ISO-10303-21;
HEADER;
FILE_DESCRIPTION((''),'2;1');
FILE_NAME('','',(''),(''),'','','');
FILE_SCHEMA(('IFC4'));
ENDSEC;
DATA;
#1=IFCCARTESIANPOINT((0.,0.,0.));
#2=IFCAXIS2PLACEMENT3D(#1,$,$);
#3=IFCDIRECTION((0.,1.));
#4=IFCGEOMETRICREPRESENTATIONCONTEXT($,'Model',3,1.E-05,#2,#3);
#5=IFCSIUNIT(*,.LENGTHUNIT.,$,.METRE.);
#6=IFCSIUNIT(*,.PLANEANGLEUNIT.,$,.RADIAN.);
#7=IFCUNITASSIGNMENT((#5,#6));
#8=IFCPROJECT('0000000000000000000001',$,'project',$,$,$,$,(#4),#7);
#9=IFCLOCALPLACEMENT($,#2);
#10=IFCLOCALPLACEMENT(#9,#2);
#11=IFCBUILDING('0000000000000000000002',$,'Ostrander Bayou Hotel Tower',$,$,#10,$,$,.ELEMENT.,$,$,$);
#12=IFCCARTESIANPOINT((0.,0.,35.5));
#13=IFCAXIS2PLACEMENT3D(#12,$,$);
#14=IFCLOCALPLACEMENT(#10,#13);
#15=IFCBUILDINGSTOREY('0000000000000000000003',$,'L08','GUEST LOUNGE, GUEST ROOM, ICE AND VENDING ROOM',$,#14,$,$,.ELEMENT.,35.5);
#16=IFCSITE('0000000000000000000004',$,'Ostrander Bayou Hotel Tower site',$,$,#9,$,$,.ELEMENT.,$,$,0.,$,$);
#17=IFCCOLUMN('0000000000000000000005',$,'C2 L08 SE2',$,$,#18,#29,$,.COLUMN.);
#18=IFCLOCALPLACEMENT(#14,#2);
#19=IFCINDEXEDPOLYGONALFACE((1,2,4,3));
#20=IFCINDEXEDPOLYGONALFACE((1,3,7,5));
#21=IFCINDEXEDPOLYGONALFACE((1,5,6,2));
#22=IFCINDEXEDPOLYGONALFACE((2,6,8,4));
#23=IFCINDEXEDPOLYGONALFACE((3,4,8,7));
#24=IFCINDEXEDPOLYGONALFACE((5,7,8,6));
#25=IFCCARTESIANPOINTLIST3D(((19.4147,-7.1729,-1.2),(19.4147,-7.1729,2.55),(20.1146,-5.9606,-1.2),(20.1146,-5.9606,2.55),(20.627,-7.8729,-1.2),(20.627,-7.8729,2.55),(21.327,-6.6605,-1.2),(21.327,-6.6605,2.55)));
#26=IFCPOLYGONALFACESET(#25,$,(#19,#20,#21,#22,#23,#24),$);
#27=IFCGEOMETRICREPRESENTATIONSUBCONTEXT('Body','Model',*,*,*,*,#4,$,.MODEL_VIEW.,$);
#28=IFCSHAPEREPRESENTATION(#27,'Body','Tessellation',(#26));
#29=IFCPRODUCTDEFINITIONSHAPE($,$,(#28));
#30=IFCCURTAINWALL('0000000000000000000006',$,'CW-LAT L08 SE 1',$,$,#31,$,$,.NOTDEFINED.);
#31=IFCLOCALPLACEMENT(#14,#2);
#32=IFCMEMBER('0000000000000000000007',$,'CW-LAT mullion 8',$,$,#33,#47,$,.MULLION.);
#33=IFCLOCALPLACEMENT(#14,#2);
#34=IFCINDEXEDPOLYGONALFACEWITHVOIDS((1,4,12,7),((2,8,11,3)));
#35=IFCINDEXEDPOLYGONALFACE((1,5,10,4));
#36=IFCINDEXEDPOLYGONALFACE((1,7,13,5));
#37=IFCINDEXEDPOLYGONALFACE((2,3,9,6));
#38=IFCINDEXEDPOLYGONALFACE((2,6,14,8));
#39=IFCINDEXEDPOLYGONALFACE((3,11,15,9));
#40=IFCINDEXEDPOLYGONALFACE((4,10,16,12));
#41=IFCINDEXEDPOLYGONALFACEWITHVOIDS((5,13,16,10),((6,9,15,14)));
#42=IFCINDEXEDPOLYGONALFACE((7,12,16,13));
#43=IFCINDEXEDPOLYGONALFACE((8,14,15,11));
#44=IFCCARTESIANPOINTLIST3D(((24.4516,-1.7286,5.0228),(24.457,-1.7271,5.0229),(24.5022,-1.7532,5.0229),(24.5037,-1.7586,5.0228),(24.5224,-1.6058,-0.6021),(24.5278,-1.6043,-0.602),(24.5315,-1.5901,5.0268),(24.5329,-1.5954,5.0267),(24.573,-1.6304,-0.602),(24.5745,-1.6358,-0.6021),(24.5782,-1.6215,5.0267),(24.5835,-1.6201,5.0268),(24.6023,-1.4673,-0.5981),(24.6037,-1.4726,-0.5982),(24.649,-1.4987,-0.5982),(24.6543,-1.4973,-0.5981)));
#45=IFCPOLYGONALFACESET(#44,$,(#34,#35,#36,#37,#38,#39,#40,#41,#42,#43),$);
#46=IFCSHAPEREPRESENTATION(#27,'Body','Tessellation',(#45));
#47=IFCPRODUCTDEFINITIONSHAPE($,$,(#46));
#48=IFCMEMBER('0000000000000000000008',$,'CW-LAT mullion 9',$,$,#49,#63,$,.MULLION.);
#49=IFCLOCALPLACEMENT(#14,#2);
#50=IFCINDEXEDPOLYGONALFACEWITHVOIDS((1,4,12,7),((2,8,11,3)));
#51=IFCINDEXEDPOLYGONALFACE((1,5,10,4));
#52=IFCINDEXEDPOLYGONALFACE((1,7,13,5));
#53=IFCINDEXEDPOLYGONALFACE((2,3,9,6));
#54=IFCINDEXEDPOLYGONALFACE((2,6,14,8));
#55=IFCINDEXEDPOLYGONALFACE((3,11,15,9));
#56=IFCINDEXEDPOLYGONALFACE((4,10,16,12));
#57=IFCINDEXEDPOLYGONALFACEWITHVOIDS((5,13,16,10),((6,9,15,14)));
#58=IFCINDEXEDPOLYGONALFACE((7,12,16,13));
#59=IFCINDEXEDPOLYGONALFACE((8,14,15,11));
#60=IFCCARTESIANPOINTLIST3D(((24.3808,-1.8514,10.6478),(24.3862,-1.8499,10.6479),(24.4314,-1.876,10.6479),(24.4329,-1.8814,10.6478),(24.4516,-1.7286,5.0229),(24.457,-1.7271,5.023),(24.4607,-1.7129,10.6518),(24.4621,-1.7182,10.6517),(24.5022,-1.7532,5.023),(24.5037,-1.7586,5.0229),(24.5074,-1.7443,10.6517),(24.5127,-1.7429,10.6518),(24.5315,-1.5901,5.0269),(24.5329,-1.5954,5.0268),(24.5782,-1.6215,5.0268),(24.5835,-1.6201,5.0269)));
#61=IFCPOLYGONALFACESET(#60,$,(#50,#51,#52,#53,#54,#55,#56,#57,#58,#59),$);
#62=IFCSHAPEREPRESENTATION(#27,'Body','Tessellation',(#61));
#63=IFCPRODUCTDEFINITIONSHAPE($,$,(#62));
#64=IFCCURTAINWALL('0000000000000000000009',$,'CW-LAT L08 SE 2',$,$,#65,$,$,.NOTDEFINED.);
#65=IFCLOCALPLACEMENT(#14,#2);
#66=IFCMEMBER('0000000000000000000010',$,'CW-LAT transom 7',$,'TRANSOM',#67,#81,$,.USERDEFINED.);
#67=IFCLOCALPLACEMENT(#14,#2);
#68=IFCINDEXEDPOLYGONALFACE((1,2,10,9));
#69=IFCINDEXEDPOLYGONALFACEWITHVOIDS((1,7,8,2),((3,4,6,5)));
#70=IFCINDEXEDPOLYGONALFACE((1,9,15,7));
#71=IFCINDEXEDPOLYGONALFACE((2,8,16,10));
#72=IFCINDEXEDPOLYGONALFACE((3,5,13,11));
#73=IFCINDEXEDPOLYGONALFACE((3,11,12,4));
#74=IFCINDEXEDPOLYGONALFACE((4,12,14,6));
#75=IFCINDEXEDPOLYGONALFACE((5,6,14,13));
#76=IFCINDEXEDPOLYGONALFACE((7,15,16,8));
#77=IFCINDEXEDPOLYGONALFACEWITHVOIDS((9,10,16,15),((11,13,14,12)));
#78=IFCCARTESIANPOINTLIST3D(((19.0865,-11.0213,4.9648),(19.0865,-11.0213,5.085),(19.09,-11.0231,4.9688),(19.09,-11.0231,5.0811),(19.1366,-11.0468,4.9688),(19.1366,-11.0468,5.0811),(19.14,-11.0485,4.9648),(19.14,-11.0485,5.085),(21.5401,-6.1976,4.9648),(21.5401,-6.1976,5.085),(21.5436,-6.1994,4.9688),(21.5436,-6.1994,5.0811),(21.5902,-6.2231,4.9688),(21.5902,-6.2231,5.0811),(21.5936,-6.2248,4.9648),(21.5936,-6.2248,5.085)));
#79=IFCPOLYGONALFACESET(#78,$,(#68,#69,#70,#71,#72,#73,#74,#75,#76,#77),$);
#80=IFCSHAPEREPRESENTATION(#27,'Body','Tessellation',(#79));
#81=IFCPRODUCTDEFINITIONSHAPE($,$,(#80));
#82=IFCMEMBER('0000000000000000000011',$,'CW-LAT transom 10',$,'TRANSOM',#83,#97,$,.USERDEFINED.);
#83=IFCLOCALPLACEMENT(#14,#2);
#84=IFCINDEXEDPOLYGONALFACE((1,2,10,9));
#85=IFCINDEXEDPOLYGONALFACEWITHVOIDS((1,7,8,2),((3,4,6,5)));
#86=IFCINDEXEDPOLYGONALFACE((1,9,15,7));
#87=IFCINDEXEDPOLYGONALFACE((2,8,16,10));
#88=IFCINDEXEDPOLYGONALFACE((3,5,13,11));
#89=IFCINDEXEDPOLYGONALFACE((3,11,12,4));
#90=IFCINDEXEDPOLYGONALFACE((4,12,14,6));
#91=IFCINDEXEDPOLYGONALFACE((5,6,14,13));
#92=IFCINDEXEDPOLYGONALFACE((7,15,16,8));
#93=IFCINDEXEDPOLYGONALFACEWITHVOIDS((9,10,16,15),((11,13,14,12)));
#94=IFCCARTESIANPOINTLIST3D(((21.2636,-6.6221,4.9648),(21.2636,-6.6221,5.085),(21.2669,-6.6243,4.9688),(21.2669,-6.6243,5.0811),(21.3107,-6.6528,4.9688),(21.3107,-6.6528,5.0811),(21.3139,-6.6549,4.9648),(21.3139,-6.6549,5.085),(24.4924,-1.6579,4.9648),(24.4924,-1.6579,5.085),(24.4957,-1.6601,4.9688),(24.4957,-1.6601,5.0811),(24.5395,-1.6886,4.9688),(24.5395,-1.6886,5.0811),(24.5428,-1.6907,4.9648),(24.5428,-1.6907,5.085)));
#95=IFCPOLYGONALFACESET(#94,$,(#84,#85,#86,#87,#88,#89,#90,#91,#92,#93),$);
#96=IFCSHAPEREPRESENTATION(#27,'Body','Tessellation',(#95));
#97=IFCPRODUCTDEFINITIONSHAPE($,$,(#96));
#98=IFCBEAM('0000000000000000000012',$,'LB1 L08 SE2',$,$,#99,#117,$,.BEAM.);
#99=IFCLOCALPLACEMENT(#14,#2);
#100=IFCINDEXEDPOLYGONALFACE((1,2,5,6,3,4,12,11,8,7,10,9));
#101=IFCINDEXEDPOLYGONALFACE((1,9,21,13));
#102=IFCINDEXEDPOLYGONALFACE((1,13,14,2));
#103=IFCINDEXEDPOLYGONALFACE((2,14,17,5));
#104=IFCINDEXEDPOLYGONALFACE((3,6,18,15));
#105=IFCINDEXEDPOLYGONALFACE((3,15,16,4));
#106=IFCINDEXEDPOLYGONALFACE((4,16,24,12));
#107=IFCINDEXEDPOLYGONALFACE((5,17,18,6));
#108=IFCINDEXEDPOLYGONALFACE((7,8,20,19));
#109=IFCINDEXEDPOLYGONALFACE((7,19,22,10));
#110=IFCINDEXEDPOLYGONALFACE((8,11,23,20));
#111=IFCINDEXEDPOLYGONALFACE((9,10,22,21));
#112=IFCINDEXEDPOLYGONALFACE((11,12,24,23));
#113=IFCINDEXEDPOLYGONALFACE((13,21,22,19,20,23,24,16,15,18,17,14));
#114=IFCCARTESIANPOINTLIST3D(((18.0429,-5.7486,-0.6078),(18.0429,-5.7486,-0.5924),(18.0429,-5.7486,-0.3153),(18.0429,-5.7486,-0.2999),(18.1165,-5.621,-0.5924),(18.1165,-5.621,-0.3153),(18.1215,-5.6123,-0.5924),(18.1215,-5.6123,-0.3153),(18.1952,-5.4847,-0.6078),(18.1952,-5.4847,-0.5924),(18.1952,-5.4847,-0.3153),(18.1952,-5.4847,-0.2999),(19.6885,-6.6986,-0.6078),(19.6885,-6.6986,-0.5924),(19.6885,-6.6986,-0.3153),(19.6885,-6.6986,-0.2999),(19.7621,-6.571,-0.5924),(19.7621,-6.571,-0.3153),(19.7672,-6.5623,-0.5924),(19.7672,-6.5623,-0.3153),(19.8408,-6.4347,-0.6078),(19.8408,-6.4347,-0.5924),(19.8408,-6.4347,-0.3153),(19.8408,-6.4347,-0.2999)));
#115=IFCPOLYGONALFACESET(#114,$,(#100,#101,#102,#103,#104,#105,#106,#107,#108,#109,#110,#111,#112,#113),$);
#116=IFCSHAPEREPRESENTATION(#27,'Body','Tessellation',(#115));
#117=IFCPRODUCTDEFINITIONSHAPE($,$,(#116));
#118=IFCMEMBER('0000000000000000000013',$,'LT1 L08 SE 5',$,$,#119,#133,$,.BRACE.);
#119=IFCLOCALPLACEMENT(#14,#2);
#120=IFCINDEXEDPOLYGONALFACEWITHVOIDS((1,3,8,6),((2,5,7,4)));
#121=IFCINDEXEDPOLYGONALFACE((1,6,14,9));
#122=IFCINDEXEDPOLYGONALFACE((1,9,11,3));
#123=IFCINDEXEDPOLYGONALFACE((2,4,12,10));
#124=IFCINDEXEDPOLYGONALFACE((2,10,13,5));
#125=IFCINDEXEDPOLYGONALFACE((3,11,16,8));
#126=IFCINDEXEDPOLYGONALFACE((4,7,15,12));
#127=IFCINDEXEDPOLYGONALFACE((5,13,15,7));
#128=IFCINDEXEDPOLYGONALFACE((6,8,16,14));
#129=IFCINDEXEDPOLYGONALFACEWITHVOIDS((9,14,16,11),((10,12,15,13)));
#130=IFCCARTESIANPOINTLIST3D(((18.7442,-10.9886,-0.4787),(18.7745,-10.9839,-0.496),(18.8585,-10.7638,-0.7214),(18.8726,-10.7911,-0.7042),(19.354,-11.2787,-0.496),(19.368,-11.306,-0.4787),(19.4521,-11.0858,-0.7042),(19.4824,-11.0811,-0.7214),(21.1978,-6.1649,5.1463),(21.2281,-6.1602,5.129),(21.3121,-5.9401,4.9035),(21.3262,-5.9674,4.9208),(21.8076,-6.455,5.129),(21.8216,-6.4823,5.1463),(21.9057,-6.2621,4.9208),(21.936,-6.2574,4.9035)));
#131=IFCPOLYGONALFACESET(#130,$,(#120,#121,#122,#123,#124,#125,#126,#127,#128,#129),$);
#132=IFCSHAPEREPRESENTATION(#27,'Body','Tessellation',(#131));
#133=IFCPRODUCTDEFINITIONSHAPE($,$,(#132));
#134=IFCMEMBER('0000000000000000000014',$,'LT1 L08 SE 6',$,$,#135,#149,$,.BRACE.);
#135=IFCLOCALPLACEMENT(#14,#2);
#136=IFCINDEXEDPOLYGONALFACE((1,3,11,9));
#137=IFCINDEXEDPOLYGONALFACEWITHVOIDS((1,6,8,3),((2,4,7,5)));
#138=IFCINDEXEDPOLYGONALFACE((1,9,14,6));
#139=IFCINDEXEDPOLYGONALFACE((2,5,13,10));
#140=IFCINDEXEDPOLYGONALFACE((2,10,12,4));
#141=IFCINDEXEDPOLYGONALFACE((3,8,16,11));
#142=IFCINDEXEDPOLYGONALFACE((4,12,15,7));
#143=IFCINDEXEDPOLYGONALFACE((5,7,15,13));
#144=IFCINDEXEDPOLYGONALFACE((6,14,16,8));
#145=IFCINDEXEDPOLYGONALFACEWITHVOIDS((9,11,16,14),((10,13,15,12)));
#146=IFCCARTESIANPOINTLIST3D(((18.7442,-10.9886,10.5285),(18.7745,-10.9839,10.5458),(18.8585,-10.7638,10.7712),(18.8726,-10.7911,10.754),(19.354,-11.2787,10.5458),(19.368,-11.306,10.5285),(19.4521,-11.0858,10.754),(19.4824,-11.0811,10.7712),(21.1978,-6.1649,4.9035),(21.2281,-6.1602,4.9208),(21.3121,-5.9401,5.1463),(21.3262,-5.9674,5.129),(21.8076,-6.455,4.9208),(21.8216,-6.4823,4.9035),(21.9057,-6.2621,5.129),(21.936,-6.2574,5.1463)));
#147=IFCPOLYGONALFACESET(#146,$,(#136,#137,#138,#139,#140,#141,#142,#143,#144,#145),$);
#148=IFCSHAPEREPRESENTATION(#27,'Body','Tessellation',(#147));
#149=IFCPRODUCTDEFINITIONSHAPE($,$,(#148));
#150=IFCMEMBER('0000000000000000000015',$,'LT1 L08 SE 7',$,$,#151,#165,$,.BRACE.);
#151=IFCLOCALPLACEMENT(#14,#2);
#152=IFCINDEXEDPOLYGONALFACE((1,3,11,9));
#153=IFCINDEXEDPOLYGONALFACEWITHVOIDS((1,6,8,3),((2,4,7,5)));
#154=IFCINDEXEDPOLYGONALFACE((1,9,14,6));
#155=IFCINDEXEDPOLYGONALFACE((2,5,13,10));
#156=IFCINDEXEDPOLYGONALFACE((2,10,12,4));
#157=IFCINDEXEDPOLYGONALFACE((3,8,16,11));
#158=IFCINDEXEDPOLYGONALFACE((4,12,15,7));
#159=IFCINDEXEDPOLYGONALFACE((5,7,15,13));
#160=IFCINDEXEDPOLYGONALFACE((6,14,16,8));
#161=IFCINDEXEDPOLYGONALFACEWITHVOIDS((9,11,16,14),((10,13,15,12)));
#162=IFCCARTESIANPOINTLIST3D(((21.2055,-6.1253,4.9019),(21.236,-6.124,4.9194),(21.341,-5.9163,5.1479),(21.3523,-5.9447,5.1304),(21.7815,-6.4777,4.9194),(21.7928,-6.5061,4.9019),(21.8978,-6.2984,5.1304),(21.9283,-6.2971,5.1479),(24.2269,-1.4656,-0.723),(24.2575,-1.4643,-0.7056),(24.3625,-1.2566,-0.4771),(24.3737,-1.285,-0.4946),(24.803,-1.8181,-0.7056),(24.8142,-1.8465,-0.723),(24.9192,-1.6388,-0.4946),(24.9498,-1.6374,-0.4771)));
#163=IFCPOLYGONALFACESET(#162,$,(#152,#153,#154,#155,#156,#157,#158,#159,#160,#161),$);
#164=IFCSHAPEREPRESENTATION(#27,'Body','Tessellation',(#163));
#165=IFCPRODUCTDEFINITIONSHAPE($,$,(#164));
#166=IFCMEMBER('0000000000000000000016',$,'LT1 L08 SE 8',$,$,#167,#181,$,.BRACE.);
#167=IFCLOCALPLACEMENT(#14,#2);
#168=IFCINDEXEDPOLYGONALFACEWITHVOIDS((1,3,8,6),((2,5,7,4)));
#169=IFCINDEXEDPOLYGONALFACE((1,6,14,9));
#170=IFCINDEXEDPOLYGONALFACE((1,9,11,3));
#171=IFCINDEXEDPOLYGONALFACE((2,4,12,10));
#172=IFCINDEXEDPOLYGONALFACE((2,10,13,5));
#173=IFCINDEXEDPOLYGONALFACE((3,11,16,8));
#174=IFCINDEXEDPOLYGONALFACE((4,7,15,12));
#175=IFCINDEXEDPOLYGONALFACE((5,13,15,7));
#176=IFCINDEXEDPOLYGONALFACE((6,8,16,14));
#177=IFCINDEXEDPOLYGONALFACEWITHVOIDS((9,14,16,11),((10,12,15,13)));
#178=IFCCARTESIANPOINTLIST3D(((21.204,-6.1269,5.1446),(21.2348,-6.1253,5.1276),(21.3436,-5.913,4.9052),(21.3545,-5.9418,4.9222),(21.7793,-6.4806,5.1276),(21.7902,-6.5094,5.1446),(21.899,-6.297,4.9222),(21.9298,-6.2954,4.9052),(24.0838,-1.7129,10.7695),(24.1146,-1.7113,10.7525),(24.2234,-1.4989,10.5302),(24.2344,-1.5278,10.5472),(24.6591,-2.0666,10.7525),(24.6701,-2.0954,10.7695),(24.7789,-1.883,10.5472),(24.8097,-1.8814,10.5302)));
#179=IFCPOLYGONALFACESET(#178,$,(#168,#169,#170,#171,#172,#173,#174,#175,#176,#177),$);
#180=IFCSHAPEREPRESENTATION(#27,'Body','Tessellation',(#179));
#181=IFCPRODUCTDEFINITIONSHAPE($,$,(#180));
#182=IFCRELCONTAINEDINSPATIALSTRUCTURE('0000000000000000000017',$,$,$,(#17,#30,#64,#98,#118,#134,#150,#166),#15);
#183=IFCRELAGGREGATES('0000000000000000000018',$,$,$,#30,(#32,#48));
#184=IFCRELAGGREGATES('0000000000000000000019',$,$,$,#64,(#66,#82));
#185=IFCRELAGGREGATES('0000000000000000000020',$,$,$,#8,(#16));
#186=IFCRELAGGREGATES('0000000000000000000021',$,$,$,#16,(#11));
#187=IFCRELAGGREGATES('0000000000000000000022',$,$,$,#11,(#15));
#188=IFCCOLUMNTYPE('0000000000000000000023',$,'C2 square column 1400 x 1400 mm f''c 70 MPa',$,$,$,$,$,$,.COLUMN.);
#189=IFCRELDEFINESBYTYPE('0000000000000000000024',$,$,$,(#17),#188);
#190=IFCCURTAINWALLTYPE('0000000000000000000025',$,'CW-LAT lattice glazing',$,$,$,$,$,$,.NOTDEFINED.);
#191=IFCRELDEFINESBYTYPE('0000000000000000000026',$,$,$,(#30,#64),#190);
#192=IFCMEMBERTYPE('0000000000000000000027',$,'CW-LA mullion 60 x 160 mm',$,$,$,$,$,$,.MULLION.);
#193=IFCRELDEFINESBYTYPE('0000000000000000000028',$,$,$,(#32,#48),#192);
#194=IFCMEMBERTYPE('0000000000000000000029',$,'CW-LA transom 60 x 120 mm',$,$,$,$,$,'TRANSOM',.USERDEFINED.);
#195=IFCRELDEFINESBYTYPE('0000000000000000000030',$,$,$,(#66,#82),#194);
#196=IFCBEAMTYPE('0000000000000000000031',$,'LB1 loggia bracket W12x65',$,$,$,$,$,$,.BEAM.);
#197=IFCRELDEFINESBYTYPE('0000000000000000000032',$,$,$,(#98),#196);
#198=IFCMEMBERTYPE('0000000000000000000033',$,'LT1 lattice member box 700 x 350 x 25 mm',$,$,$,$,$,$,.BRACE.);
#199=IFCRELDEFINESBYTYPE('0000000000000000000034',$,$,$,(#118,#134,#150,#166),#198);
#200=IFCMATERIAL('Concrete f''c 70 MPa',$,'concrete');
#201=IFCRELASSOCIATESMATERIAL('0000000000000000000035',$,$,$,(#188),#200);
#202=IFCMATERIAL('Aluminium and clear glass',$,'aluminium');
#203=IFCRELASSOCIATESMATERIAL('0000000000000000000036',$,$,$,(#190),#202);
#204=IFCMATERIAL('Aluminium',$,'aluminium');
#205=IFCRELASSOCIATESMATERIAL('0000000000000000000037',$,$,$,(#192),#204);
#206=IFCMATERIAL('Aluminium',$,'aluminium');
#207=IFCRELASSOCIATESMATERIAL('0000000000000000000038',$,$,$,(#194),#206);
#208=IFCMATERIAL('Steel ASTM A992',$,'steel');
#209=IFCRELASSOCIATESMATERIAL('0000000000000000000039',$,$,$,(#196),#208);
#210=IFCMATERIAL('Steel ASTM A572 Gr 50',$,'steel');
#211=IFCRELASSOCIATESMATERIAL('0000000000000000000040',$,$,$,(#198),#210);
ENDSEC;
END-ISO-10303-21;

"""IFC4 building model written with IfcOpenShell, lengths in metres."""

from ifc_helpers import new_model, si_unit, direction, frame, origin, origin_2d, place, context, subcontext, project, spatial, rectangle, hollow_rectangle, i_section, extrude, material, material_profile, profile_set, type_object, element, aggregate, save


model = new_model("IFC4")

# Units and contexts
model_context = context("Model", 3, precision=1e-05, world=origin(), true_north=direction((0.0, 1.0)))
body_context = subcontext(model_context, "Body", "Model", "MODEL_VIEW")
ifc_project = project(units=[si_unit("LENGTHUNIT", "METRE"), si_unit("PLANEANGLEUNIT", "RADIAN")], contexts=[model_context])

# Site, building, storey
site_placement = place(None, origin())
site = spatial("IfcSite", under=ifc_project, at=site_placement, Name="Ostrander Bayou Hotel Tower site", CompositionType="ELEMENT", RefElevation=0.0)
building_placement = place(site_placement, origin())
building = spatial("IfcBuilding", under=site, at=building_placement, Name="Ostrander Bayou Hotel Tower", CompositionType="ELEMENT")
storey_placement = place(building_placement, frame((0.0, 0.0, 35.5)))
storey = spatial("IfcBuildingStorey", under=building, at=storey_placement, Name="L08", Description="GUEST LOUNGE, GUEST ROOM, ICE AND VENDING ROOM", CompositionType="ELEMENT", Elevation=35.5)

# Column
ifc_material_1 = material(Name="Concrete f'c 70 MPa", Category="concrete")
ifc_material_profile_1 = material_profile(ifc_material_1, rectangle(XDim=1.3999, YDim=1.3999, at=origin_2d()))
ifc_profile_set_1 = profile_set([ifc_material_profile_1], Name="Concrete f'c 70 MPa")
column_type = type_object("IfcColumnType", Name="C2 square column 1400 x 1400 mm f'c 70 MPa", PredefinedType="COLUMN", material=ifc_profile_set_1)
column_placement = place(storey_placement, frame((20.3708, -6.9167, -1.2), z_axis=(0.0, 0.0, 1.0), x_axis=(-0.5, -0.866025, 0.0)))
element("IfcColumn", 1, at=column_placement, inside=storey, type_object=column_type, Name="C2 L08 SE2", PredefinedType="COLUMN", context=body_context, shape_type="SweptSolid", body=[
    extrude(rectangle(XDim=1.3999, YDim=1.3999, at=origin_2d()), origin(), (0.0, 0.0, 1.0), 3.75),
])

# Curtain walls, members
ifc_material_2 = material(Name="Aluminium and clear glass", Category="aluminium")
curtain_wall_type = type_object("IfcCurtainWallType", Name="CW-LAT lattice glazing", PredefinedType="NOTDEFINED", material=ifc_material_2)
curtain_wall_1_placement = place(storey_placement, origin())
curtain_wall_1 = element("IfcCurtainWall", 2, at=curtain_wall_1_placement, inside=storey, type_object=curtain_wall_type, Name="CW-LAT L08 SE 1", PredefinedType="NOTDEFINED")
ifc_material_3 = material(Name="Aluminium", Category="aluminium")
ifc_material_profile_2 = material_profile(ifc_material_3, hollow_rectangle(XDim=0.0601, YDim=0.1599, WallThickness=0.0039, at=origin_2d()))
ifc_profile_set_2 = profile_set([ifc_material_profile_2], Name="Aluminium")
member_type_1 = type_object("IfcMemberType", Name="CW-LA mullion 60 x 160 mm", PredefinedType="MULLION", material=ifc_profile_set_2)
member_1_placement = place(storey_placement, frame((24.5884, -1.5515, -0.6001), z_axis=(-0.012583, -0.021825, 0.999683), x_axis=(0.866329, -0.499474, 0.0)))
member_1 = element("IfcMember", 3, at=member_1_placement, type_object=member_type_1, Name="CW-LAT mullion 8", PredefinedType="MULLION", context=body_context, shape_type="SweptSolid", body=[
    extrude(hollow_rectangle(XDim=0.0601, YDim=0.1599, WallThickness=0.0039, at=origin_2d()), origin(), (0.0, 0.0, 1.0), 5.6267),
])
member_2_placement = place(storey_placement, frame((24.5176, -1.6743, 5.0249), z_axis=(-0.012583, -0.021825, 0.999683), x_axis=(0.866329, -0.499474, 0.0)))
member_2 = element("IfcMember", 4, at=member_2_placement, type_object=member_type_1, Name="CW-LAT mullion 9", PredefinedType="MULLION", context=body_context, shape_type="SweptSolid", body=[
    extrude(hollow_rectangle(XDim=0.0601, YDim=0.1599, WallThickness=0.0039, at=origin_2d()), origin(), (0.0, 0.0, 1.0), 5.6267),
])
curtain_wall_2_placement = place(storey_placement, origin())
curtain_wall_2 = element("IfcCurtainWall", 5, at=curtain_wall_2_placement, inside=storey, type_object=curtain_wall_type, Name="CW-LAT L08 SE 2", PredefinedType="NOTDEFINED")
ifc_material_4 = material(Name="Aluminium", Category="aluminium")
ifc_material_profile_3 = material_profile(ifc_material_4, hollow_rectangle(XDim=0.0601, YDim=0.1201, WallThickness=0.0039, at=origin_2d()))
ifc_profile_set_3 = profile_set([ifc_material_profile_3], Name="Aluminium")
member_type_2 = type_object("IfcMemberType", Name="CW-LA transom 60 x 120 mm", ElementType="TRANSOM", PredefinedType="USERDEFINED", material=ifc_profile_set_3)
member_3_placement = place(storey_placement, frame((19.1133, -11.0349, 5.0249), z_axis=(0.453374, 0.89132, 0.0), x_axis=(-0.89132, 0.453374, 0.0)))
member_3 = element("IfcMember", 6, at=member_3_placement, type_object=member_type_2, Name="CW-LAT transom 7", ObjectType="TRANSOM", PredefinedType="USERDEFINED", context=body_context, shape_type="SweptSolid", body=[
    extrude(hollow_rectangle(XDim=0.0601, YDim=0.1201, WallThickness=0.0039, at=origin_2d()), origin(), (0.0, 0.0, 1.0), 5.4119),
])
member_4_placement = place(storey_placement, frame((24.5176, -1.6743, 5.0249), z_axis=(-0.545236, -0.838283, 0.0), x_axis=(0.838283, -0.545236, 0.0)))
member_4 = element("IfcMember", 7, at=member_4_placement, type_object=member_type_2, Name="CW-LAT transom 10", ObjectType="TRANSOM", PredefinedType="USERDEFINED", context=body_context, shape_type="SweptSolid", body=[
    extrude(hollow_rectangle(XDim=0.0601, YDim=0.1201, WallThickness=0.0039, at=origin_2d()), origin(), (0.0, 0.0, 1.0), 5.9219),
])

# Beam
ifc_material_5 = material(Name="Steel ASTM A992", Category="steel")
ifc_material_profile_4 = material_profile(ifc_material_5, i_section(OverallWidth=0.3047, OverallDepth=0.3079, WebThickness=0.01, FlangeThickness=0.0154, at=origin_2d()))
ifc_profile_set_4 = profile_set([ifc_material_profile_4], Name="Steel ASTM A992")
beam_type_1 = type_object("IfcBeamType", Name="LB1 loggia bracket W12x65", PredefinedType="BEAM", material=ifc_profile_set_4)
beam_1_placement = place(storey_placement, frame((19.7646, -6.5667, -0.4539), z_axis=(-0.866044, 0.499967, 0.0), x_axis=(-0.499967, -0.866044, 0.0)))
element("IfcBeam", 8, at=beam_1_placement, inside=storey, type_object=beam_type_1, Name="LB1 L08 SE2", PredefinedType="BEAM", context=body_context, shape_type="SweptSolid", body=[
    extrude(i_section(OverallWidth=0.3047, OverallDepth=0.3079, WebThickness=0.01, FlangeThickness=0.0154, at=origin_2d()), origin(), (0.0, 0.0, 1.0), 1.9001),
])

# Members
ifc_material_6 = material(Name="Steel ASTM A572 Gr 50", Category="steel")
ifc_material_profile_5 = material_profile(ifc_material_6, hollow_rectangle(XDim=0.7, YDim=0.3501, WallThickness=0.0249, at=origin_2d()))
ifc_profile_set_5 = profile_set([ifc_material_profile_5], Name="Steel ASTM A572 Gr 50")
member_type_3 = type_object("IfcMemberType", Name="LT1 lattice member box 700 x 350 x 25 mm", PredefinedType="BRACE", material=ifc_profile_set_5)
for number, where, z_axis, x_axis, name in (
    (9, (21.5669, -6.2112, 5.0249), (-0.314335, -0.617974, -0.720626), (0.89132, -0.453374, 0.0), "LT1 L08 SE 5"),
    (10, (21.5669, -6.2112, 5.0249), (-0.314335, -0.617974, 0.720626), (0.89132, -0.453374, 0.0), "LT1 L08 SE 6"),
):
    element("IfcMember", number, at=place(storey_placement, frame(where, z_axis=z_axis, x_axis=x_axis)), inside=storey, type_object=member_type_3, Name=name, PredefinedType="BRACE", context=body_context, shape_type="SweptSolid", body=[
        extrude(hollow_rectangle(XDim=0.7, YDim=0.3501, WallThickness=0.0249, at=origin_2d()), origin(), (0.0, 0.0, 1.0), 7.8057),
    ])
member_5_placement = place(storey_placement, frame((21.5669, -6.2112, 5.0249), z_axis=(0.382244, 0.589489, -0.711612), x_axis=(-0.839044, 0.544064, 0.0)))
element("IfcMember", 11, at=member_5_placement, inside=storey, type_object=member_type_3, Name="LT1 L08 SE 7", PredefinedType="BRACE", context=body_context, shape_type="SweptSolid", body=[
    extrude(hollow_rectangle(XDim=0.7, YDim=0.3501, WallThickness=0.0249, at=origin_2d()), origin(), (0.0, 0.0, 1.0), 7.9045),
])
member_6_placement = place(storey_placement, frame((21.5669, -6.2112, 5.0249), z_axis=(0.373607, 0.572636, 0.72973), x_axis=(-0.837511, 0.54642, 0.0)))
element("IfcMember", 12, at=member_6_placement, inside=storey, type_object=member_type_3, Name="LT1 L08 SE 8", PredefinedType="BRACE", context=body_context, shape_type="SweptSolid", body=[
    extrude(hollow_rectangle(XDim=0.7, YDim=0.3501, WallThickness=0.0249, at=origin_2d()), origin(), (0.0, 0.0, 1.0), 7.7083),
])

aggregate(curtain_wall_1, [member_1, member_2])
aggregate(curtain_wall_2, [member_3, member_4])

save(model, "model.ifc")
